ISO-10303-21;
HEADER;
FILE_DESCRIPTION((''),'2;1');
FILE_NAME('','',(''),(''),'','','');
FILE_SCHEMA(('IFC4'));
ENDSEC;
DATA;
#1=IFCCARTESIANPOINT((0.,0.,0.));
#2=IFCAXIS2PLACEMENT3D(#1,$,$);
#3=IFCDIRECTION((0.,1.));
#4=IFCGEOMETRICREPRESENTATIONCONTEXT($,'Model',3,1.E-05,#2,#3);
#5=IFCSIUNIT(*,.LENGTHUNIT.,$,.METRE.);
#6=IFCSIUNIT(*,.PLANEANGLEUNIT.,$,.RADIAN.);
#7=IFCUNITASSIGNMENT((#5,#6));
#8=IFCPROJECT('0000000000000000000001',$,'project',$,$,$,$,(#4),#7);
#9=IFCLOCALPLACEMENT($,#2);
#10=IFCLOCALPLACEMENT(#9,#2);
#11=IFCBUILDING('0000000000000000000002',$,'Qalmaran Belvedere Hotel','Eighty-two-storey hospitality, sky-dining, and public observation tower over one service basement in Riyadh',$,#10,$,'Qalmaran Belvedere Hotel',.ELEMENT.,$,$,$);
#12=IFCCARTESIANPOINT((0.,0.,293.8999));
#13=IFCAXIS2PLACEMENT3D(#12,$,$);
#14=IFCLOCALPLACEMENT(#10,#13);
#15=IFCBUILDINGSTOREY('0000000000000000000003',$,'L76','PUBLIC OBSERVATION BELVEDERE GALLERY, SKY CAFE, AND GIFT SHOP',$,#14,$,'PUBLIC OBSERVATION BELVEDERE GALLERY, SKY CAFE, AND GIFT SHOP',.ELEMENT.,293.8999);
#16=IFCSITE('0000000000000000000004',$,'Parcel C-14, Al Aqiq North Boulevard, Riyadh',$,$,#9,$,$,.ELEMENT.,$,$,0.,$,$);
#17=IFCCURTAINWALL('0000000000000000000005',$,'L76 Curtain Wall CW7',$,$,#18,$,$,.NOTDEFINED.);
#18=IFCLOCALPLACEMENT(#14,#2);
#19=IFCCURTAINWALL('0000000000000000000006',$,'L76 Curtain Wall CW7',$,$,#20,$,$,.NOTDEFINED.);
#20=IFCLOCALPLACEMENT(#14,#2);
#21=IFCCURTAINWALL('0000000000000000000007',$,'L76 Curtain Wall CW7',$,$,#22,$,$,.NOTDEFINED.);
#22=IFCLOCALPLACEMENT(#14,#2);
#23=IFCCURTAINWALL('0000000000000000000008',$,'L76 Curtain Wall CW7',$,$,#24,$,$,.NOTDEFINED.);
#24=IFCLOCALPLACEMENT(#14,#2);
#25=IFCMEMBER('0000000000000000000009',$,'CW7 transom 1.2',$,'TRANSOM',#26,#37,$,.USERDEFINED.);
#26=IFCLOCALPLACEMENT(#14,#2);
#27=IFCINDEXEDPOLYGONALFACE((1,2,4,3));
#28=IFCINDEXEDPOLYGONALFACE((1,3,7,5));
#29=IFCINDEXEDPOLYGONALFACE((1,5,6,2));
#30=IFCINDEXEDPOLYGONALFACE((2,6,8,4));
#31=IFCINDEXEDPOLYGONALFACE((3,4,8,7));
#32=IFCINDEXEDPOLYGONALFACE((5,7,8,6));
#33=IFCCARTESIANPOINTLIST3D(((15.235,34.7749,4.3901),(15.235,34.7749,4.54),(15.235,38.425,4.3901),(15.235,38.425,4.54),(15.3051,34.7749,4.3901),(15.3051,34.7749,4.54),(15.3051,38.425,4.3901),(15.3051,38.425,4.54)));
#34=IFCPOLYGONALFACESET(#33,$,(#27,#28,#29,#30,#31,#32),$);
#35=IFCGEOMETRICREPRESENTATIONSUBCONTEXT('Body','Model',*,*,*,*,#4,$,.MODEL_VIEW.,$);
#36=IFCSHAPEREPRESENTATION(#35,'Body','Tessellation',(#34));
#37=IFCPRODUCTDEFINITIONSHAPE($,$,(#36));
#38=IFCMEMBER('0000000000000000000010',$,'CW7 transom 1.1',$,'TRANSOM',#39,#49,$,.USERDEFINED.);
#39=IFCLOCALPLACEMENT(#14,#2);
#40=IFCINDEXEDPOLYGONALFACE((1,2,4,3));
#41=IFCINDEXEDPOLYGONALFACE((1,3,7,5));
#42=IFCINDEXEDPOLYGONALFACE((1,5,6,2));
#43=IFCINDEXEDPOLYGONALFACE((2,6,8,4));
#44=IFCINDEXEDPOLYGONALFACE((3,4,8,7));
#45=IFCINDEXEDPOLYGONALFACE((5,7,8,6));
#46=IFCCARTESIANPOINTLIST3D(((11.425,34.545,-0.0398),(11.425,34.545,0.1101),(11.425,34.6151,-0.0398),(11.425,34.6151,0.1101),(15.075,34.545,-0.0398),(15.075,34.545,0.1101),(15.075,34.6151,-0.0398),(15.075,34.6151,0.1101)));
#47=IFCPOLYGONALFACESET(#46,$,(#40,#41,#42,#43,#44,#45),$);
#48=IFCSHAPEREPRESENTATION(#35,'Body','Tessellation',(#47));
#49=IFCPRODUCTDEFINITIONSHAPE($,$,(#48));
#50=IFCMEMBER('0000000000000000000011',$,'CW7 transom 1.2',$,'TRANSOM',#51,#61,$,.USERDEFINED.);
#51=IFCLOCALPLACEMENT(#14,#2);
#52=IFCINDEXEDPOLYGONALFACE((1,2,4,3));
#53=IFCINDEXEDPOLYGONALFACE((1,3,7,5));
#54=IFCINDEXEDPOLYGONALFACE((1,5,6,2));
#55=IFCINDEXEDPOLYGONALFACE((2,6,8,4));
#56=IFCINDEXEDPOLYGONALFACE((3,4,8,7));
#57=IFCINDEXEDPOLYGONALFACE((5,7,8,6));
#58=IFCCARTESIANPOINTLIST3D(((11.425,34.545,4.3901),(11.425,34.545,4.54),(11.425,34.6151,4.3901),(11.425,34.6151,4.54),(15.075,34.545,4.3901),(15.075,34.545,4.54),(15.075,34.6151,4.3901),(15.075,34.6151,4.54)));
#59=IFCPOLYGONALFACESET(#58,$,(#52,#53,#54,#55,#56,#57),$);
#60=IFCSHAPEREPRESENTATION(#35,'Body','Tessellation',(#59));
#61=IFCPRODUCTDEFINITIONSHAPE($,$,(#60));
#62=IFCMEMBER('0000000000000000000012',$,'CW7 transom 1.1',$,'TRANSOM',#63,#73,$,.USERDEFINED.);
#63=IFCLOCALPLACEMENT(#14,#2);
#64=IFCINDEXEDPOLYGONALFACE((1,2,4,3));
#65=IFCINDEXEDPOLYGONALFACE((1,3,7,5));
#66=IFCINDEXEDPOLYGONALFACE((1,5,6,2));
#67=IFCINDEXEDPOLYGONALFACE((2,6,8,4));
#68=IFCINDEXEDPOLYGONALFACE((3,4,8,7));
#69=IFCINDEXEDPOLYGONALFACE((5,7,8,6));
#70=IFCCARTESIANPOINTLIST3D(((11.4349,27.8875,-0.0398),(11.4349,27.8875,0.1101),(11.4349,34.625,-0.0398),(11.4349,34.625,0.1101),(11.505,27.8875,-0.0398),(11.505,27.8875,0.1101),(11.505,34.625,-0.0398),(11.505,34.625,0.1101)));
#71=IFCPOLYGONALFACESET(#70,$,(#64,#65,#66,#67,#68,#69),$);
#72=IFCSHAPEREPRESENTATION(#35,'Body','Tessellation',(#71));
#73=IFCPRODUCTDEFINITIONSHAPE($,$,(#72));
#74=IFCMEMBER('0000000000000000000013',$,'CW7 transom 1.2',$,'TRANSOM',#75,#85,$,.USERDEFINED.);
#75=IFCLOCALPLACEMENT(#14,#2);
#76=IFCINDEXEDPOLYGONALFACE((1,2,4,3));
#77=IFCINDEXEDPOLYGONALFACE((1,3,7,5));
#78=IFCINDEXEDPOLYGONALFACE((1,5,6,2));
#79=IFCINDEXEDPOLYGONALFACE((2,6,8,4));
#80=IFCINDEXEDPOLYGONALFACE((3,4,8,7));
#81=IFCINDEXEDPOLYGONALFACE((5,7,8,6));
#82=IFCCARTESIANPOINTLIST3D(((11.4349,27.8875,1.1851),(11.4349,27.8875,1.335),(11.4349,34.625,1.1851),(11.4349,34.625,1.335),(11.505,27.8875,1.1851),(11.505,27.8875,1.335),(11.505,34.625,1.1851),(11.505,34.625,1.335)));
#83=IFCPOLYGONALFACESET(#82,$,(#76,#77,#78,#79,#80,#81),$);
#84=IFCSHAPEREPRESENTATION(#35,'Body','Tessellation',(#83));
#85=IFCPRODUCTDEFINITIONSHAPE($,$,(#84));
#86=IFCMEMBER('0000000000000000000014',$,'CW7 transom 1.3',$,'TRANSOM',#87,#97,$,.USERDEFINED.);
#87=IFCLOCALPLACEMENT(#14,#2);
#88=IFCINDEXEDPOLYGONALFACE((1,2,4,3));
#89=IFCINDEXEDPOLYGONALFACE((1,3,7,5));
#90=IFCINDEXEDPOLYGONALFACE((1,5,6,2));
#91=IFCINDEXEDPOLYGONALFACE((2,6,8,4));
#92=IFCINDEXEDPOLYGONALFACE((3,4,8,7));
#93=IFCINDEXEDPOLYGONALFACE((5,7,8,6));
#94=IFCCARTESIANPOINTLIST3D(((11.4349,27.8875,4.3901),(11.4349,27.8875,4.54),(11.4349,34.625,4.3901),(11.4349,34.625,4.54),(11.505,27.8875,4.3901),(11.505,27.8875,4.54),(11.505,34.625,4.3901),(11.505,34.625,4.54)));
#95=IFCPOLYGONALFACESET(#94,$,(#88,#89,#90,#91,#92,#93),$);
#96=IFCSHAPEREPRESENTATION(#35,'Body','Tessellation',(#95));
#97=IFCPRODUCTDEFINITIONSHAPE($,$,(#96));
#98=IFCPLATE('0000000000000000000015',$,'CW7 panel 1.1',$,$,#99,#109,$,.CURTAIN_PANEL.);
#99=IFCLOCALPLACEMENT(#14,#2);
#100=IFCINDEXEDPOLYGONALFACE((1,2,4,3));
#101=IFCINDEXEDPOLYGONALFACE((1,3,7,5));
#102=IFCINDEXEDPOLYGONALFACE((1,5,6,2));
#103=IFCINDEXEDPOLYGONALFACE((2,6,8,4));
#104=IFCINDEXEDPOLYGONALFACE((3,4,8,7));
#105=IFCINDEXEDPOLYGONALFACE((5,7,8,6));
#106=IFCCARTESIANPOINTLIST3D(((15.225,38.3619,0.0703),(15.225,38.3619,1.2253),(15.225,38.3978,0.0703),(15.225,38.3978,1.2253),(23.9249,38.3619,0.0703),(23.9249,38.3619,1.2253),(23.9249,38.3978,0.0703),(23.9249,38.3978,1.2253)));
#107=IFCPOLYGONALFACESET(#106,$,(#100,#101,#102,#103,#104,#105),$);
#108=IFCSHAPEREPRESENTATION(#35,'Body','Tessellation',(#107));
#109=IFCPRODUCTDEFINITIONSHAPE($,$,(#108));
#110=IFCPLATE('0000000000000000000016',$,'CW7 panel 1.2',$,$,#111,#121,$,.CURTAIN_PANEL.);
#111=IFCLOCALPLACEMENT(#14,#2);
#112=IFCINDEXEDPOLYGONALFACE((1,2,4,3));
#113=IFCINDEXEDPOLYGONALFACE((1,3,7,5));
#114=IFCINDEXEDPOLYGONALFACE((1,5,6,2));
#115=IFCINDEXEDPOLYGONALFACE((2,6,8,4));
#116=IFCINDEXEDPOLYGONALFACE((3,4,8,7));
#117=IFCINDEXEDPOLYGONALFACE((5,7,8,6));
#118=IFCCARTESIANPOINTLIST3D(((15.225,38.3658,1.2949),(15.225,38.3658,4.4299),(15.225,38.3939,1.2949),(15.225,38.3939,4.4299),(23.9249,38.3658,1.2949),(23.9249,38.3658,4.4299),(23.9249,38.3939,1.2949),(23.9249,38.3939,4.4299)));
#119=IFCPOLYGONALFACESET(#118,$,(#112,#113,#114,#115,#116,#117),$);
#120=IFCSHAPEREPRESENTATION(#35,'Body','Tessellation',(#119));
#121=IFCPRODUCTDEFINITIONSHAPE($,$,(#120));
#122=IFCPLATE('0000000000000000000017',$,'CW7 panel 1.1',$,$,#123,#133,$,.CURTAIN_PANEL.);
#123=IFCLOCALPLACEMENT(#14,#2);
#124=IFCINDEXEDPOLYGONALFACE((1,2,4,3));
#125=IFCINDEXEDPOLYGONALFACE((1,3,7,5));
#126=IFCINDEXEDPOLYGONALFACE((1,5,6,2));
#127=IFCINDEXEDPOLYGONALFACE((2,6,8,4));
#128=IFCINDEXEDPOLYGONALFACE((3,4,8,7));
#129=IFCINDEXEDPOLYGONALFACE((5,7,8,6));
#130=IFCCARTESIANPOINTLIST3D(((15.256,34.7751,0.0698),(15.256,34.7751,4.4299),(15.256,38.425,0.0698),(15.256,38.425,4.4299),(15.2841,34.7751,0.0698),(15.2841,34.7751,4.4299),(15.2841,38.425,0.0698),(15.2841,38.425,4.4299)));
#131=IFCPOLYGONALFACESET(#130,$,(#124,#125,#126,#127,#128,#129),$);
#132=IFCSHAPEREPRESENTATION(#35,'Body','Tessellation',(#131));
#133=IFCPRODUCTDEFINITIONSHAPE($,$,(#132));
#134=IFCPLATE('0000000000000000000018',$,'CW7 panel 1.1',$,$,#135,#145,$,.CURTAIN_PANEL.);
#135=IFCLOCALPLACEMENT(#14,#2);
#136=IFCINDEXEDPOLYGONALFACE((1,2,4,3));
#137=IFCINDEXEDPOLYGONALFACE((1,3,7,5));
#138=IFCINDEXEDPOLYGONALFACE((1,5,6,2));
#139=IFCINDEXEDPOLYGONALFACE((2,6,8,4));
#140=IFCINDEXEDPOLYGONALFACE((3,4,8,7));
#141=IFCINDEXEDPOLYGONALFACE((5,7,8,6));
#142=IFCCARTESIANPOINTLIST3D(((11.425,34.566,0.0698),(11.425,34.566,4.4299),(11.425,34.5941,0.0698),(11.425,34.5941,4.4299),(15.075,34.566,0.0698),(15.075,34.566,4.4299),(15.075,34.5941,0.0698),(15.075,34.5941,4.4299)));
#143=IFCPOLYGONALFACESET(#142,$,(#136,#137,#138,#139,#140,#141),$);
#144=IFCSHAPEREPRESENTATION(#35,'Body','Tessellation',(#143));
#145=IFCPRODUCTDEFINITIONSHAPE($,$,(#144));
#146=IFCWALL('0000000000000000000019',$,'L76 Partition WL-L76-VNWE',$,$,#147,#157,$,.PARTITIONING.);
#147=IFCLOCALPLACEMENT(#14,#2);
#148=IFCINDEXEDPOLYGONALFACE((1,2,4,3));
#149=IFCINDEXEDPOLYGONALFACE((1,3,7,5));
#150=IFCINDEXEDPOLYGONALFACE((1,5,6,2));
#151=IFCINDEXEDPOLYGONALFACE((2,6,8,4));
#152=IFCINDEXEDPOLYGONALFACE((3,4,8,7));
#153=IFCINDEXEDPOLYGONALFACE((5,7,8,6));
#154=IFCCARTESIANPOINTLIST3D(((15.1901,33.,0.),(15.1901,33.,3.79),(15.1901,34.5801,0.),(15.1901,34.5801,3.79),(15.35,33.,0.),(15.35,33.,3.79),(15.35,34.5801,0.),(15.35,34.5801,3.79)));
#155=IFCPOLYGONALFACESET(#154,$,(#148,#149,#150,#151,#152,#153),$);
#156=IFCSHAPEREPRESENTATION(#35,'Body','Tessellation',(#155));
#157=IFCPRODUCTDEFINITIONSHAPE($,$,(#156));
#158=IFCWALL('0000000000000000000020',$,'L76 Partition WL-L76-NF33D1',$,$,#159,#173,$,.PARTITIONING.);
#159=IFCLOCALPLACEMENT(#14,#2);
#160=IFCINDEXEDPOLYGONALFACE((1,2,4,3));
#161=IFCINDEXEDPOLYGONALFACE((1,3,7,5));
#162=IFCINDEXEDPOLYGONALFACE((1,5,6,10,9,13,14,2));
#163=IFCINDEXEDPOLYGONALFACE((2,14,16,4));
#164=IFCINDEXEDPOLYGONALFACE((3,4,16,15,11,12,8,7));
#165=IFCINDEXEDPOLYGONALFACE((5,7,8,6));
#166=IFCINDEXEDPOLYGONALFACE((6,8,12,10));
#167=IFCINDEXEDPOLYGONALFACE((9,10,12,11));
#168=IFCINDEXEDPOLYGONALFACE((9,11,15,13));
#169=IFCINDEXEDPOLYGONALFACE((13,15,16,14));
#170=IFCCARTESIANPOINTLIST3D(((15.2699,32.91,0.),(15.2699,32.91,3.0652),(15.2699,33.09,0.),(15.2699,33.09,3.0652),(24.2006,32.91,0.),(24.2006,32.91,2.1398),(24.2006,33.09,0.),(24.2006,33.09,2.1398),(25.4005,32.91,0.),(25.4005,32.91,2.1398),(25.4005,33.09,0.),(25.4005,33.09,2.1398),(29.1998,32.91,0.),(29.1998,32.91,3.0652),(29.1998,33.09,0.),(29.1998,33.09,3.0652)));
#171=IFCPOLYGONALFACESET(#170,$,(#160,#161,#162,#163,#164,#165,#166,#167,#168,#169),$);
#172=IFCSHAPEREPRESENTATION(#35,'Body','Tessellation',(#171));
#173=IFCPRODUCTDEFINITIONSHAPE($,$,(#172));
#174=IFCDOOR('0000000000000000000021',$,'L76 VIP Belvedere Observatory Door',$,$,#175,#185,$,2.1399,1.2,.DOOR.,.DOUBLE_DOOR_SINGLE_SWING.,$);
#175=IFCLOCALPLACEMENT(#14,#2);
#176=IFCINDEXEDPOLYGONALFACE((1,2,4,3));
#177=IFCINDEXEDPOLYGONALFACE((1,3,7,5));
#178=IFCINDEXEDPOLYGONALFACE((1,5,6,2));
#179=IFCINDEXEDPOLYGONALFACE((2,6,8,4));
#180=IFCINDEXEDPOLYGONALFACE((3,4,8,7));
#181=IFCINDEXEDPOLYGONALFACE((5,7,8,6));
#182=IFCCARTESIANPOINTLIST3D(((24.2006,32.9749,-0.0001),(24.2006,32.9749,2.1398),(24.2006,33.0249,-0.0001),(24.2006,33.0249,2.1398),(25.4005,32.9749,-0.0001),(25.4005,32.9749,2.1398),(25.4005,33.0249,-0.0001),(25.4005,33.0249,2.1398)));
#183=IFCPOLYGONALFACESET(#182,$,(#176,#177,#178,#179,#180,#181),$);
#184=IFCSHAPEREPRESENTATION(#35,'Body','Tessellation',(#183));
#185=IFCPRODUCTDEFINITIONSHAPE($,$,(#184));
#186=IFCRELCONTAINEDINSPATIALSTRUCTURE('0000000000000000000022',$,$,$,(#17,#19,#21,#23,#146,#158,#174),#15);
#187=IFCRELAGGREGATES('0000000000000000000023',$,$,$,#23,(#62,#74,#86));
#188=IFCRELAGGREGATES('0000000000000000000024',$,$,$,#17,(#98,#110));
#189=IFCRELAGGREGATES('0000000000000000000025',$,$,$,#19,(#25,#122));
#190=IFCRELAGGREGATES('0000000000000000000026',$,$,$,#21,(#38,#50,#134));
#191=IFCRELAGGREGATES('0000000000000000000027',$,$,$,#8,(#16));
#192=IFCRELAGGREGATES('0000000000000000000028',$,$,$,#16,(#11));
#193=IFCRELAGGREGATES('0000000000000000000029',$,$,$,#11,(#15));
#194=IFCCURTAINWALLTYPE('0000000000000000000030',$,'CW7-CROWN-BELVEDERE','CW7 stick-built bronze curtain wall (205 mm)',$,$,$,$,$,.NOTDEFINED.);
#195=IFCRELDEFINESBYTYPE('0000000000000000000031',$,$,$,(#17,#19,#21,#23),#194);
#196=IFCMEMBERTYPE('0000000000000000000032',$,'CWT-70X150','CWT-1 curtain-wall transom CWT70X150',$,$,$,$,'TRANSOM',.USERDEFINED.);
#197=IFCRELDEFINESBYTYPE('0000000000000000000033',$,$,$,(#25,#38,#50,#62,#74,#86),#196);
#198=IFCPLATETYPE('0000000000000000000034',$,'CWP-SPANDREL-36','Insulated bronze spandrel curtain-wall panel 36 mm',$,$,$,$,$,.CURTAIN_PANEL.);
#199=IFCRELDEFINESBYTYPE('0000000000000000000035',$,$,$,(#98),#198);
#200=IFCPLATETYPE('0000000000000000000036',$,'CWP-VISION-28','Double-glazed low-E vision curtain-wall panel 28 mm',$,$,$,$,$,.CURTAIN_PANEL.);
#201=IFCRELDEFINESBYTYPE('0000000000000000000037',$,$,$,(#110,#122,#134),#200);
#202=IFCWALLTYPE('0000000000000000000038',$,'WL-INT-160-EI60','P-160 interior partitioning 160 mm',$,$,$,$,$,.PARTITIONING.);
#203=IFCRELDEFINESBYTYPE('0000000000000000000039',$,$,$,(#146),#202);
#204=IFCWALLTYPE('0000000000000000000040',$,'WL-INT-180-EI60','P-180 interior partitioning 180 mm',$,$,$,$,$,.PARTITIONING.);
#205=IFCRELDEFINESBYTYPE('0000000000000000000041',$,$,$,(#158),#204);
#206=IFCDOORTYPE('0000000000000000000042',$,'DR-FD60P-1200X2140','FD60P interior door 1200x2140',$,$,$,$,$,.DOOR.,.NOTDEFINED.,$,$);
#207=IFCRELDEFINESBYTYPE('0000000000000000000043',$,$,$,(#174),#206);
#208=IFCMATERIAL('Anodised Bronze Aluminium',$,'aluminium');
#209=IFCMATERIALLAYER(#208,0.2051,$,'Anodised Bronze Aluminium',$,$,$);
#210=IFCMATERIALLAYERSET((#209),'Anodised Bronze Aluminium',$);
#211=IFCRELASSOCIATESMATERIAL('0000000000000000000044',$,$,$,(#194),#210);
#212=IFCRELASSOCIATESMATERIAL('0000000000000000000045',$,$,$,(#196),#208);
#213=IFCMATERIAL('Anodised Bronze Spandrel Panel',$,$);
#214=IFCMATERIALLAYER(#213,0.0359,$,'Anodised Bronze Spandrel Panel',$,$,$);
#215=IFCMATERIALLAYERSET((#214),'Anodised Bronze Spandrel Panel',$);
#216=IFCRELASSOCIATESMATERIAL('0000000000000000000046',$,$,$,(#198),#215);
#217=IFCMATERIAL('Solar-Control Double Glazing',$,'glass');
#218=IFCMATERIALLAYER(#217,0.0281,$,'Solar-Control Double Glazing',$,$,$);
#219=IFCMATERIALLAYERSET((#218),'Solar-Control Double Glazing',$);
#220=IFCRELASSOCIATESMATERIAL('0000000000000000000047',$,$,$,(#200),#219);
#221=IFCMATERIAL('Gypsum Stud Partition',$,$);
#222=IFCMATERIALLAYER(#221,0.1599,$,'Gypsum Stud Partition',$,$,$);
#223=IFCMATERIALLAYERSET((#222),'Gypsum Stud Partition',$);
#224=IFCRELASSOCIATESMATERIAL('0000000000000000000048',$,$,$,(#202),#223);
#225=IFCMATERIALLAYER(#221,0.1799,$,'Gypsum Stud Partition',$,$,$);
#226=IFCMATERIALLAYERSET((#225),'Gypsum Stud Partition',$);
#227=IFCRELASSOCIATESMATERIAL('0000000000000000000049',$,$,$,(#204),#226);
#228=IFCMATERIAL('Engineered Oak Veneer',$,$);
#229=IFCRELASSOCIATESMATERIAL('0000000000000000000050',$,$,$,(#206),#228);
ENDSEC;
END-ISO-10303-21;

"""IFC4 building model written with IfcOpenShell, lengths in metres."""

from ifc_helpers import new_model, si_unit, direction, frame, frame_2d, origin, origin_2d, place, context, subcontext, project, spatial, rectangle, extrude, material, layer, layer_set, material_profile, profile_set, type_object, element, fill, aggregate, save


model = new_model("IFC4")

# Units and contexts
model_context = context("Model", 3, precision=1e-05, world=origin(), true_north=direction((0.0, 1.0)))
body_context = subcontext(model_context, "Body", "Model", "MODEL_VIEW")
ifc_project = project(units=[si_unit("LENGTHUNIT", "METRE"), si_unit("PLANEANGLEUNIT", "RADIAN")], contexts=[model_context])

# Site, building, storey
site_placement = place(None, origin())
site = spatial("IfcSite", under=ifc_project, at=site_placement, Name="Parcel C-14, Al Aqiq North Boulevard, Riyadh", CompositionType="ELEMENT", RefElevation=0.0)
building_placement = place(site_placement, origin())
building = spatial("IfcBuilding", under=site, at=building_placement, Name="Qalmaran Belvedere Hotel", Description="Eighty-two-storey hospitality, sky-dining, and public observation tower over one service basement in Riyadh", LongName="Qalmaran Belvedere Hotel", CompositionType="ELEMENT")
storey_placement = place(building_placement, frame((0.0, 0.0, 293.8999)))
storey = spatial("IfcBuildingStorey", under=building, at=storey_placement, Name="L76", Description="PUBLIC OBSERVATION BELVEDERE GALLERY, SKY CAFE, AND GIFT SHOP", LongName="PUBLIC OBSERVATION BELVEDERE GALLERY, SKY CAFE, AND GIFT SHOP", CompositionType="ELEMENT", Elevation=293.8999)

# Curtain walls
ifc_material_1 = material(Name="Anodised Bronze Aluminium", Category="aluminium")
ifc_layer_1 = layer(ifc_material_1, 0.2051, Name="Anodised Bronze Aluminium")
ifc_layer_set_1 = layer_set([ifc_layer_1], Name="Anodised Bronze Aluminium")
curtain_wall_type = type_object("IfcCurtainWallType", Name="CW7-CROWN-BELVEDERE", Description="CW7 stick-built bronze curtain wall (205 mm)", PredefinedType="NOTDEFINED", material=ifc_layer_set_1)
curtain_wall_1_placement = place(storey_placement, origin())
curtain_wall_1 = element("IfcCurtainWall", 1, at=curtain_wall_1_placement, inside=storey, type_object=curtain_wall_type, Name="L76 Curtain Wall CW7", PredefinedType="NOTDEFINED")
curtain_wall_2_placement = place(storey_placement, origin())
curtain_wall_2 = element("IfcCurtainWall", 2, at=curtain_wall_2_placement, inside=storey, type_object=curtain_wall_type, Name="L76 Curtain Wall CW7", PredefinedType="NOTDEFINED")
curtain_wall_3_placement = place(storey_placement, origin())
curtain_wall_3 = element("IfcCurtainWall", 3, at=curtain_wall_3_placement, inside=storey, type_object=curtain_wall_type, Name="L76 Curtain Wall CW7", PredefinedType="NOTDEFINED")

# Curtain wall
curtain_wall_4_placement = place(storey_placement, origin())
curtain_wall_4 = element("IfcCurtainWall", 4, at=curtain_wall_4_placement, inside=storey, type_object=curtain_wall_type, Name="L76 Curtain Wall CW7", PredefinedType="NOTDEFINED")

# Members
ifc_material_profile_1 = material_profile(ifc_material_1, rectangle(XDim=0.0701, YDim=0.1499, at=origin_2d()), Name="CWT70X150")
ifc_profile_set_1 = profile_set([ifc_material_profile_1], Name="Anodised Bronze Aluminium")
member_type_1 = type_object("IfcMemberType", Name="CWT-70X150", Description="CWT-1 curtain-wall transom CWT70X150", ElementType="TRANSOM", PredefinedType="USERDEFINED", material=ifc_profile_set_1)
member_1_placement = place(storey_placement, frame((15.27, 38.425, 4.4651), z_axis=(0.0, -1.0, 0.0), x_axis=(1.0, 0.0, 0.0)))
member_1 = element("IfcMember", 5, at=member_1_placement, type_object=member_type_1, Name="CW7 transom 1.2", ObjectType="TRANSOM", PredefinedType="USERDEFINED", context=body_context, shape_type="SweptSolid", body=[
    extrude(rectangle(XDim=0.0701, YDim=0.1499, at=origin_2d()), origin(), (0.0, 0.0, 1.0), 3.6501),
])
member_2_placement = place(storey_placement, frame((15.075, 34.5801, 0.0352), z_axis=(-1.0, 0.0, 0.0), x_axis=(0.0, -1.0, 0.0)))
member_2 = element("IfcMember", 6, at=member_2_placement, type_object=member_type_1, Name="CW7 transom 1.1", ObjectType="TRANSOM", PredefinedType="USERDEFINED", context=body_context, shape_type="SweptSolid", body=[
    extrude(rectangle(XDim=0.0701, YDim=0.1499, at=origin_2d()), origin(), (0.0, 0.0, 1.0), 3.6499),
])
member_3_placement = place(storey_placement, frame((15.075, 34.5801, 4.4651), z_axis=(-1.0, 0.0, 0.0), x_axis=(0.0, -1.0, 0.0)))
member_3 = element("IfcMember", 7, at=member_3_placement, type_object=member_type_1, Name="CW7 transom 1.2", ObjectType="TRANSOM", PredefinedType="USERDEFINED", context=body_context, shape_type="SweptSolid", body=[
    extrude(rectangle(XDim=0.0701, YDim=0.1499, at=origin_2d()), origin(), (0.0, 0.0, 1.0), 3.6499),
])
member_4_placement = place(storey_placement, frame((11.47, 34.625, 0.0352), z_axis=(0.0, -1.0, 0.0), x_axis=(1.0, 0.0, 0.0)))
member_4 = element("IfcMember", 8, at=member_4_placement, type_object=member_type_1, Name="CW7 transom 1.1", ObjectType="TRANSOM", PredefinedType="USERDEFINED", context=body_context, shape_type="SweptSolid", body=[
    extrude(rectangle(XDim=0.0701, YDim=0.1499, at=origin_2d()), origin(), (0.0, 0.0, 1.0), 6.7375),
])
member_5_placement = place(storey_placement, frame((11.47, 34.625, 1.26), z_axis=(0.0, -1.0, 0.0), x_axis=(1.0, 0.0, 0.0)))
member_5 = element("IfcMember", 9, at=member_5_placement, type_object=member_type_1, Name="CW7 transom 1.2", ObjectType="TRANSOM", PredefinedType="USERDEFINED", context=body_context, shape_type="SweptSolid", body=[
    extrude(rectangle(XDim=0.0701, YDim=0.1499, at=origin_2d()), origin(), (0.0, 0.0, 1.0), 6.7375),
])
member_6_placement = place(storey_placement, frame((11.47, 34.625, 4.4651), z_axis=(0.0, -1.0, 0.0), x_axis=(1.0, 0.0, 0.0)))
member_6 = element("IfcMember", 10, at=member_6_placement, type_object=member_type_1, Name="CW7 transom 1.3", ObjectType="TRANSOM", PredefinedType="USERDEFINED", context=body_context, shape_type="SweptSolid", body=[
    extrude(rectangle(XDim=0.0701, YDim=0.1499, at=origin_2d()), origin(), (0.0, 0.0, 1.0), 6.7375),
])
aggregate(curtain_wall_4, [member_4, member_5, member_6])

# Plates
ifc_material_2 = material(Name="Anodised Bronze Spandrel Panel")
ifc_layer_2 = layer(ifc_material_2, 0.0359, Name="Anodised Bronze Spandrel Panel")
ifc_layer_set_2 = layer_set([ifc_layer_2], Name="Anodised Bronze Spandrel Panel")
plate_type_1 = type_object("IfcPlateType", Name="CWP-SPANDREL-36", Description="Insulated bronze spandrel curtain-wall panel 36 mm", PredefinedType="CURTAIN_PANEL", material=ifc_layer_set_2)
plate_1_placement = place(storey_placement, frame((19.575, 38.3799, 0.0703), z_axis=(0.0, 0.0, 1.0), x_axis=(-1.0, 0.0, 0.0)))
plate_1 = element("IfcPlate", 11, at=plate_1_placement, type_object=plate_type_1, Name="CW7 panel 1.1", PredefinedType="CURTAIN_PANEL", context=body_context, shape_type="SweptSolid", body=[
    extrude(rectangle(XDim=8.7, YDim=0.0359, at=origin_2d()), origin(), (0.0, 0.0, 1.0), 1.155),
])
ifc_material_3 = material(Name="Solar-Control Double Glazing", Category="glass")
ifc_layer_3 = layer(ifc_material_3, 0.0281, Name="Solar-Control Double Glazing")
ifc_layer_set_3 = layer_set([ifc_layer_3], Name="Solar-Control Double Glazing")
plate_type_2 = type_object("IfcPlateType", Name="CWP-VISION-28", Description="Double-glazed low-E vision curtain-wall panel 28 mm", PredefinedType="CURTAIN_PANEL", material=ifc_layer_set_3)
plate_2_placement = place(storey_placement, frame((19.575, 38.3799, 1.2949), z_axis=(0.0, 0.0, 1.0), x_axis=(-1.0, 0.0, 0.0)))
plate_2 = element("IfcPlate", 12, at=plate_2_placement, type_object=plate_type_2, Name="CW7 panel 1.2", PredefinedType="CURTAIN_PANEL", context=body_context, shape_type="SweptSolid", body=[
    extrude(rectangle(XDim=8.7, YDim=0.0281, at=origin_2d()), origin(), (0.0, 0.0, 1.0), 3.135),
])
aggregate(curtain_wall_1, [plate_1, plate_2])
plate_3_placement = place(storey_placement, frame((15.27, 36.6001, 0.0698), z_axis=(0.0, 0.0, 1.0), x_axis=(0.0, -1.0, 0.0)))
plate_3 = element("IfcPlate", 13, at=plate_3_placement, type_object=plate_type_2, Name="CW7 panel 1.1", PredefinedType="CURTAIN_PANEL", context=body_context, shape_type="SweptSolid", body=[
    extrude(rectangle(XDim=3.6499, YDim=0.0281, at=origin_2d()), origin(), (0.0, 0.0, 1.0), 4.3601),
])
aggregate(curtain_wall_2, [member_1, plate_3])
plate_4_placement = place(storey_placement, frame((13.25, 34.5801, 0.0698), z_axis=(0.0, 0.0, 1.0), x_axis=(-1.0, 0.0, 0.0)))
plate_4 = element("IfcPlate", 14, at=plate_4_placement, type_object=plate_type_2, Name="CW7 panel 1.1", PredefinedType="CURTAIN_PANEL", context=body_context, shape_type="SweptSolid", body=[
    extrude(rectangle(XDim=3.6499, YDim=0.0281, at=origin_2d()), origin(), (0.0, 0.0, 1.0), 4.3601),
])
aggregate(curtain_wall_3, [member_2, member_3, plate_4])

# Wall
ifc_material_4 = material(Name="Gypsum Stud Partition")
ifc_layer_4 = layer(ifc_material_4, 0.1599, Name="Gypsum Stud Partition")
ifc_layer_set_4 = layer_set([ifc_layer_4], Name="Gypsum Stud Partition")
wall_type_1 = type_object("IfcWallType", Name="WL-INT-160-EI60", Description="P-160 interior partitioning 160 mm", PredefinedType="PARTITIONING", material=ifc_layer_set_4)
wall_1_placement = place(storey_placement, frame((15.27, 33.0, 0.0), z_axis=(0.0, 0.0, 1.0), x_axis=(0.0, 1.0, 0.0)))
element("IfcWall", 15, at=wall_1_placement, inside=storey, type_object=wall_type_1, Name="L76 Partition WL-L76-VNWE", PredefinedType="PARTITIONING", context=body_context, shape_type="SweptSolid", body=[
    extrude(rectangle(XDim=1.5801, YDim=0.1599, at=frame_2d((0.79, 0.0))), origin(), (0.0, 0.0, 1.0), 3.79),
])

# Wall, opening, door
ifc_layer_5 = layer(ifc_material_4, 0.1799, Name="Gypsum Stud Partition")
ifc_layer_set_5 = layer_set([ifc_layer_5], Name="Gypsum Stud Partition")
wall_type_2 = type_object("IfcWallType", Name="WL-INT-180-EI60", Description="P-180 interior partitioning 180 mm", PredefinedType="PARTITIONING", material=ifc_layer_set_5)
wall_2_placement = place(storey_placement, frame((15.27, 33.0, 0.0), z_axis=(0.0, 0.0, 1.0), x_axis=(1.0, 0.0, 0.0)))
wall_2 = element("IfcWall", 16, at=wall_2_placement, inside=storey, type_object=wall_type_2, Name="L76 Partition WL-L76-NF33D1", PredefinedType="PARTITIONING", context=body_context, shape_type="SweptSolid", body=[
    extrude(rectangle(XDim=13.9299, YDim=0.1799, at=frame_2d((6.9648, 0.0))), origin(), (0.0, 0.0, 1.0), 3.0652),
])
opening_placement = place(wall_2_placement, frame((8.9304, 0.0, 0.0)))
opening = element("IfcOpeningElement", 17, at=opening_placement, cuts=wall_2, PredefinedType="OPENING", context=body_context, shape_type="SweptSolid", body=[
    extrude(rectangle(XDim=1.2, YDim=2.1399, at=frame_2d((0.6001, 1.0698))), frame((0.0, 0.1001, 0.0), z_axis=(0.0, -1.0, 0.0), x_axis=(1.0, 0.0, 0.0)), (0.0, 0.0, 1.0), 0.2),
])
ifc_material_5 = material(Name="Engineered Oak Veneer")
door_type = type_object("IfcDoorType", Name="DR-FD60P-1200X2140", Description="FD60P interior door 1200x2140", OperationType="NOTDEFINED", PredefinedType="DOOR", material=ifc_material_5)
door_placement = place(opening_placement, origin())
door = element("IfcDoor", 18, at=door_placement, inside=storey, type_object=door_type, Name="L76 VIP Belvedere Observatory Door", OperationType="DOUBLE_DOOR_SINGLE_SWING", OverallHeight=2.1399, OverallWidth=1.2, PredefinedType="DOOR", context=body_context, shape_type="SweptSolid", body=[
    extrude(rectangle(XDim=1.2, YDim=2.1399, at=frame_2d((0.6001, 1.0698))), frame((0.0, 0.0249, 0.0), z_axis=(0.0, -1.0, 0.0), x_axis=(1.0, 0.0, 0.0)), (0.0, 0.0, 1.0), 0.05),
])
fill(opening, door)

save(model, "model.ifc")
